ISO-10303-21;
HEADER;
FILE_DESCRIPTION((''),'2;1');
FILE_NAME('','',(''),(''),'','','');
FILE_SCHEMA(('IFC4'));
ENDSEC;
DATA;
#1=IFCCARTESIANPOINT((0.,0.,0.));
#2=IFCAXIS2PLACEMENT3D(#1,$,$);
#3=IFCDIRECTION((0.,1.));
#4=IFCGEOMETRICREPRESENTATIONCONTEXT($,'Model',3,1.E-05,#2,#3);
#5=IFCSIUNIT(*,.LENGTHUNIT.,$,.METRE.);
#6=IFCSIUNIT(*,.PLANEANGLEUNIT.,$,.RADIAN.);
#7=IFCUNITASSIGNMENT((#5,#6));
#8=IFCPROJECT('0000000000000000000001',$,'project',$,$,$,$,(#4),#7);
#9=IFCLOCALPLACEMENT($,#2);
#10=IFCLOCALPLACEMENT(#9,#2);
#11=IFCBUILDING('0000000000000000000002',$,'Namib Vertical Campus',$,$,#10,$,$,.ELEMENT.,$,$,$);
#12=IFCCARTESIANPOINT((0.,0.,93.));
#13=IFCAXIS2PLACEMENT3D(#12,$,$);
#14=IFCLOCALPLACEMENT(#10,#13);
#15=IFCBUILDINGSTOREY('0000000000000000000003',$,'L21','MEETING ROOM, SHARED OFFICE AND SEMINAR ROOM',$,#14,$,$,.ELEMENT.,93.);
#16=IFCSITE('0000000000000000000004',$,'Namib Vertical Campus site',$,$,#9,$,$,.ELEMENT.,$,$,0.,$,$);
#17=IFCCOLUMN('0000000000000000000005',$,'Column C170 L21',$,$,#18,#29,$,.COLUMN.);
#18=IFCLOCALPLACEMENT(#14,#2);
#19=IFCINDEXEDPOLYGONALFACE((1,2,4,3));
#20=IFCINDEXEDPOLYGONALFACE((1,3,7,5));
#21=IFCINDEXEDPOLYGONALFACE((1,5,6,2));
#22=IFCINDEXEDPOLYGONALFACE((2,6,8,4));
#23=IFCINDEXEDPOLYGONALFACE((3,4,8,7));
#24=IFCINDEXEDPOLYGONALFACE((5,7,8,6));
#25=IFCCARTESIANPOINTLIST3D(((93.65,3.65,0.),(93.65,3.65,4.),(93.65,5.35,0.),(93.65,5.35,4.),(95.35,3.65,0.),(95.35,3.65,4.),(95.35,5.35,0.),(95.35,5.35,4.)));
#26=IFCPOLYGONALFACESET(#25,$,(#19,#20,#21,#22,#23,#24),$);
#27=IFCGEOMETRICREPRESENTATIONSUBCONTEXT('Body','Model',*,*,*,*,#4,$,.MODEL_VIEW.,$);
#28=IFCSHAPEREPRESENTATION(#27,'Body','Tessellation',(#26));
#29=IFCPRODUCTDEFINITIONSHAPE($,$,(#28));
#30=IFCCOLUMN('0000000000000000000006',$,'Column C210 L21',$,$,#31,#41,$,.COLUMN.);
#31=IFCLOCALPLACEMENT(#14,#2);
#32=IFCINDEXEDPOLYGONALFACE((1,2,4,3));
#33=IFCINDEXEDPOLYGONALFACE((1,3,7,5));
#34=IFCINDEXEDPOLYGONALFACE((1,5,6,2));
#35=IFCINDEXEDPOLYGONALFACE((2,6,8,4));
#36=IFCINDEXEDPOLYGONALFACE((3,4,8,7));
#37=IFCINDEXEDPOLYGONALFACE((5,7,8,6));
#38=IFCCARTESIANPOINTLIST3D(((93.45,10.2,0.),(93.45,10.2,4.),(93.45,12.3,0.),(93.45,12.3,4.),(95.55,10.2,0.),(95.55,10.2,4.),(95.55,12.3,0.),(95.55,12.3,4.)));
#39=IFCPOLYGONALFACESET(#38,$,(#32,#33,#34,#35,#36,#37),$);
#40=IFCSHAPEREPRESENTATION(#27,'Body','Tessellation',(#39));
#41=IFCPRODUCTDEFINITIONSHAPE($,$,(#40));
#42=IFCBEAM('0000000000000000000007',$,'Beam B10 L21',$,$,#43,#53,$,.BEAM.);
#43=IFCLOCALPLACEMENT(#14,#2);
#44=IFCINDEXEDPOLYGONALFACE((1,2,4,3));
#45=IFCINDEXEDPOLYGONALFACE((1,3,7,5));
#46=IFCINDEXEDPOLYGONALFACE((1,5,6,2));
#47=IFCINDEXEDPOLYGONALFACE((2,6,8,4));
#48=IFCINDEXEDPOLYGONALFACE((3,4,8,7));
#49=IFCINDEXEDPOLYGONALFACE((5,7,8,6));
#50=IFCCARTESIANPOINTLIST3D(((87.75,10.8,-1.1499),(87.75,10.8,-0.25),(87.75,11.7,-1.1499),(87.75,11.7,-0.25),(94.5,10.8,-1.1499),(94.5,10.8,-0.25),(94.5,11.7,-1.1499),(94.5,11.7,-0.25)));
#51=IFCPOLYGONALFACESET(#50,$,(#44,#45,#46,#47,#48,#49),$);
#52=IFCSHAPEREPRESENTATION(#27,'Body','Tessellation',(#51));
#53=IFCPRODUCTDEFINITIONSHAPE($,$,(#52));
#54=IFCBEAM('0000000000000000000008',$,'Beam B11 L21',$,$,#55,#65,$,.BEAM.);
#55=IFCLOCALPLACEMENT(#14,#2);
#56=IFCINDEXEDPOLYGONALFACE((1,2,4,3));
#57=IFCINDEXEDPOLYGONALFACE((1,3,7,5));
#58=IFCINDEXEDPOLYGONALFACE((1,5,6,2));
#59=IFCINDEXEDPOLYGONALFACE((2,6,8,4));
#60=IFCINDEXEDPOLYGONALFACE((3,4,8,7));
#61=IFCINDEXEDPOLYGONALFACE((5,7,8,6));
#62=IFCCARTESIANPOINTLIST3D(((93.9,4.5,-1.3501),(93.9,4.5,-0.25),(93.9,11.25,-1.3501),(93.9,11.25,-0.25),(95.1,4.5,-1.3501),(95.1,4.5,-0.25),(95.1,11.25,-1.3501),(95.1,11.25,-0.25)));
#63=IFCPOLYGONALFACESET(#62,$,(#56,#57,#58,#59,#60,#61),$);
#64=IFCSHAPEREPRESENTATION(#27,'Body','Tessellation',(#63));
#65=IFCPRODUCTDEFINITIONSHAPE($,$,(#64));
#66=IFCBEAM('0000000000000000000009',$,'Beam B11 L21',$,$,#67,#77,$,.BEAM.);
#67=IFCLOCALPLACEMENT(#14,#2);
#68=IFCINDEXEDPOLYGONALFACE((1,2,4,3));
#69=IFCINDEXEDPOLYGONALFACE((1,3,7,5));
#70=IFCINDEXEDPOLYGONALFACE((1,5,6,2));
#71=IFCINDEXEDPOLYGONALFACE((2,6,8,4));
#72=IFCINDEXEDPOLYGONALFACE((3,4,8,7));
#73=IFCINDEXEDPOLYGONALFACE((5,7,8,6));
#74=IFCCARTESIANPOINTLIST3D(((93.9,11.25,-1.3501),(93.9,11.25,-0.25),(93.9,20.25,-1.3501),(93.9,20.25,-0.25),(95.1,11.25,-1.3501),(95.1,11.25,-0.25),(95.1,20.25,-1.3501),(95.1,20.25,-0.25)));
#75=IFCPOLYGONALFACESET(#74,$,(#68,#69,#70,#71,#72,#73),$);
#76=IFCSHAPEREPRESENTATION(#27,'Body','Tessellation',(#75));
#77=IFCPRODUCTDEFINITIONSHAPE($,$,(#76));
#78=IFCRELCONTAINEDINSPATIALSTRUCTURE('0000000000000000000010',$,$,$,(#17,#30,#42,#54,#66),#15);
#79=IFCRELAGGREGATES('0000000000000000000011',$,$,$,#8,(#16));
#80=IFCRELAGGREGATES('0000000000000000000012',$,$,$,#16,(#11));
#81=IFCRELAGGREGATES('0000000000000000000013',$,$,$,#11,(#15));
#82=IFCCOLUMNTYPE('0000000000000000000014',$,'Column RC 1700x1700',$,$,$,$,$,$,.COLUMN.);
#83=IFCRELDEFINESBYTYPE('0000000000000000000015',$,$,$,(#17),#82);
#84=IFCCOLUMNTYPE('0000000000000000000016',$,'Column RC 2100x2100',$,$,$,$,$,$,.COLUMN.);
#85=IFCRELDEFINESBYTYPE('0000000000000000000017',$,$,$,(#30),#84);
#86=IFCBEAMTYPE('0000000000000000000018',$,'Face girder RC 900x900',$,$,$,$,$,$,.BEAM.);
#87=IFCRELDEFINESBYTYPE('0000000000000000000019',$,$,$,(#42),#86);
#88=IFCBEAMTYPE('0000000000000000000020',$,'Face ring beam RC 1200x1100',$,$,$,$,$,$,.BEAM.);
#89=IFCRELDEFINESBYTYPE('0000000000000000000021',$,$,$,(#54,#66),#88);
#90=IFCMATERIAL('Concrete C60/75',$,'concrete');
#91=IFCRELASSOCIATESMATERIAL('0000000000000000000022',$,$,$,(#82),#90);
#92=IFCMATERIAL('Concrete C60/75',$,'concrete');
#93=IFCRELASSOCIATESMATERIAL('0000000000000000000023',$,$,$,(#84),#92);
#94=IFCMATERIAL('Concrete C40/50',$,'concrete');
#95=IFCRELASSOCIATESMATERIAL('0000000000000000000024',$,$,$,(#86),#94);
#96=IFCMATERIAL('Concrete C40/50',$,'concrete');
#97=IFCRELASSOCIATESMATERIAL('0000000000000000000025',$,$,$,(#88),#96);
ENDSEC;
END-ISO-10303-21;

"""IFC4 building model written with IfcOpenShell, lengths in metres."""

from ifc_helpers import new_model, si_unit, direction, frame, origin, origin_2d, place, context, subcontext, project, spatial, rectangle, extrude, material, material_profile, profile_set, type_object, element, save


model = new_model("IFC4")

# Units and contexts
model_context = context("Model", 3, precision=1e-05, world=origin(), true_north=direction((0.0, 1.0)))
body_context = subcontext(model_context, "Body", "Model", "MODEL_VIEW")
ifc_project = project(units=[si_unit("LENGTHUNIT", "METRE"), si_unit("PLANEANGLEUNIT", "RADIAN")], contexts=[model_context])

# Site, building, storey
site_placement = place(None, origin())
site = spatial("IfcSite", under=ifc_project, at=site_placement, Name="Namib Vertical Campus site", CompositionType="ELEMENT", RefElevation=0.0)
building_placement = place(site_placement, origin())
building = spatial("IfcBuilding", under=site, at=building_placement, Name="Namib Vertical Campus", CompositionType="ELEMENT")
storey_placement = place(building_placement, frame((0.0, 0.0, 93.0)))
storey = spatial("IfcBuildingStorey", under=building, at=storey_placement, Name="L21", Description="MEETING ROOM, SHARED OFFICE AND SEMINAR ROOM", CompositionType="ELEMENT", Elevation=93.0)

# Columns
ifc_material_1 = material(Name="Concrete C60/75", Category="concrete")
ifc_material_profile_1 = material_profile(ifc_material_1, rectangle(XDim=1.7, YDim=1.7, at=origin_2d()))
ifc_profile_set_1 = profile_set([ifc_material_profile_1], Name="Concrete C60/75")
column_type_1 = type_object("IfcColumnType", Name="Column RC 1700x1700", PredefinedType="COLUMN", material=ifc_profile_set_1)
column_1_placement = place(storey_placement, frame((94.5, 4.5, 0.0), z_axis=(0.0, 0.0, 1.0), x_axis=(1.0, 0.0, 0.0)))
element("IfcColumn", 1, at=column_1_placement, inside=storey, type_object=column_type_1, Name="Column C170 L21", PredefinedType="COLUMN", context=body_context, shape_type="SweptSolid", body=[
    extrude(rectangle(XDim=1.7, YDim=1.7, at=origin_2d()), origin(), (0.0, 0.0, 1.0), 4.0),
])
ifc_material_2 = material(Name="Concrete C60/75", Category="concrete")
ifc_material_profile_2 = material_profile(ifc_material_2, rectangle(XDim=2.1001, YDim=2.1001, at=origin_2d()))
ifc_profile_set_2 = profile_set([ifc_material_profile_2], Name="Concrete C60/75")
column_type_2 = type_object("IfcColumnType", Name="Column RC 2100x2100", PredefinedType="COLUMN", material=ifc_profile_set_2)
column_2_placement = place(storey_placement, frame((94.5, 11.25, 0.0), z_axis=(0.0, 0.0, 1.0), x_axis=(1.0, 0.0, 0.0)))
element("IfcColumn", 2, at=column_2_placement, inside=storey, type_object=column_type_2, Name="Column C210 L21", PredefinedType="COLUMN", context=body_context, shape_type="SweptSolid", body=[
    extrude(rectangle(XDim=2.1001, YDim=2.1001, at=origin_2d()), origin(), (0.0, 0.0, 1.0), 4.0),
])

# Beams
ifc_material_3 = material(Name="Concrete C40/50", Category="concrete")
ifc_material_profile_3 = material_profile(ifc_material_3, rectangle(XDim=0.8999, YDim=0.8999, at=origin_2d()))
ifc_profile_set_3 = profile_set([ifc_material_profile_3], Name="Concrete C40/50")
beam_type_1 = type_object("IfcBeamType", Name="Face girder RC 900x900", PredefinedType="BEAM", material=ifc_profile_set_3)
beam_1_placement = place(storey_placement, frame((94.5, 11.25, -0.7), z_axis=(-1.0, 0.0, 0.0), x_axis=(0.0, -1.0, 0.0)))
element("IfcBeam", 3, at=beam_1_placement, inside=storey, type_object=beam_type_1, Name="Beam B10 L21", PredefinedType="BEAM", context=body_context, shape_type="SweptSolid", body=[
    extrude(rectangle(XDim=0.8999, YDim=0.8999, at=origin_2d()), origin(), (0.0, 0.0, 1.0), 6.75),
])
ifc_material_4 = material(Name="Concrete C40/50", Category="concrete")
ifc_material_profile_4 = material_profile(ifc_material_4, rectangle(XDim=1.2, YDim=1.1001, at=origin_2d()))
ifc_profile_set_4 = profile_set([ifc_material_profile_4], Name="Concrete C40/50")
beam_type_2 = type_object("IfcBeamType", Name="Face ring beam RC 1200x1100", PredefinedType="BEAM", material=ifc_profile_set_4)
beam_2_placement = place(storey_placement, frame((94.5, 4.5, -0.8), z_axis=(0.0, 1.0, 0.0), x_axis=(-1.0, 0.0, 0.0)))
element("IfcBeam", 4, at=beam_2_placement, inside=storey, type_object=beam_type_2, Name="Beam B11 L21", PredefinedType="BEAM", context=body_context, shape_type="SweptSolid", body=[
    extrude(rectangle(XDim=1.2, YDim=1.1001, at=origin_2d()), origin(), (0.0, 0.0, 1.0), 6.75),
])
beam_3_placement = place(storey_placement, frame((94.5, 11.25, -0.8), z_axis=(0.0, 1.0, 0.0), x_axis=(-1.0, 0.0, 0.0)))
element("IfcBeam", 5, at=beam_3_placement, inside=storey, type_object=beam_type_2, Name="Beam B11 L21", PredefinedType="BEAM", context=body_context, shape_type="SweptSolid", body=[
    extrude(rectangle(XDim=1.2, YDim=1.1001, at=origin_2d()), origin(), (0.0, 0.0, 1.0), 9.0),
])

save(model, "model.ifc")
